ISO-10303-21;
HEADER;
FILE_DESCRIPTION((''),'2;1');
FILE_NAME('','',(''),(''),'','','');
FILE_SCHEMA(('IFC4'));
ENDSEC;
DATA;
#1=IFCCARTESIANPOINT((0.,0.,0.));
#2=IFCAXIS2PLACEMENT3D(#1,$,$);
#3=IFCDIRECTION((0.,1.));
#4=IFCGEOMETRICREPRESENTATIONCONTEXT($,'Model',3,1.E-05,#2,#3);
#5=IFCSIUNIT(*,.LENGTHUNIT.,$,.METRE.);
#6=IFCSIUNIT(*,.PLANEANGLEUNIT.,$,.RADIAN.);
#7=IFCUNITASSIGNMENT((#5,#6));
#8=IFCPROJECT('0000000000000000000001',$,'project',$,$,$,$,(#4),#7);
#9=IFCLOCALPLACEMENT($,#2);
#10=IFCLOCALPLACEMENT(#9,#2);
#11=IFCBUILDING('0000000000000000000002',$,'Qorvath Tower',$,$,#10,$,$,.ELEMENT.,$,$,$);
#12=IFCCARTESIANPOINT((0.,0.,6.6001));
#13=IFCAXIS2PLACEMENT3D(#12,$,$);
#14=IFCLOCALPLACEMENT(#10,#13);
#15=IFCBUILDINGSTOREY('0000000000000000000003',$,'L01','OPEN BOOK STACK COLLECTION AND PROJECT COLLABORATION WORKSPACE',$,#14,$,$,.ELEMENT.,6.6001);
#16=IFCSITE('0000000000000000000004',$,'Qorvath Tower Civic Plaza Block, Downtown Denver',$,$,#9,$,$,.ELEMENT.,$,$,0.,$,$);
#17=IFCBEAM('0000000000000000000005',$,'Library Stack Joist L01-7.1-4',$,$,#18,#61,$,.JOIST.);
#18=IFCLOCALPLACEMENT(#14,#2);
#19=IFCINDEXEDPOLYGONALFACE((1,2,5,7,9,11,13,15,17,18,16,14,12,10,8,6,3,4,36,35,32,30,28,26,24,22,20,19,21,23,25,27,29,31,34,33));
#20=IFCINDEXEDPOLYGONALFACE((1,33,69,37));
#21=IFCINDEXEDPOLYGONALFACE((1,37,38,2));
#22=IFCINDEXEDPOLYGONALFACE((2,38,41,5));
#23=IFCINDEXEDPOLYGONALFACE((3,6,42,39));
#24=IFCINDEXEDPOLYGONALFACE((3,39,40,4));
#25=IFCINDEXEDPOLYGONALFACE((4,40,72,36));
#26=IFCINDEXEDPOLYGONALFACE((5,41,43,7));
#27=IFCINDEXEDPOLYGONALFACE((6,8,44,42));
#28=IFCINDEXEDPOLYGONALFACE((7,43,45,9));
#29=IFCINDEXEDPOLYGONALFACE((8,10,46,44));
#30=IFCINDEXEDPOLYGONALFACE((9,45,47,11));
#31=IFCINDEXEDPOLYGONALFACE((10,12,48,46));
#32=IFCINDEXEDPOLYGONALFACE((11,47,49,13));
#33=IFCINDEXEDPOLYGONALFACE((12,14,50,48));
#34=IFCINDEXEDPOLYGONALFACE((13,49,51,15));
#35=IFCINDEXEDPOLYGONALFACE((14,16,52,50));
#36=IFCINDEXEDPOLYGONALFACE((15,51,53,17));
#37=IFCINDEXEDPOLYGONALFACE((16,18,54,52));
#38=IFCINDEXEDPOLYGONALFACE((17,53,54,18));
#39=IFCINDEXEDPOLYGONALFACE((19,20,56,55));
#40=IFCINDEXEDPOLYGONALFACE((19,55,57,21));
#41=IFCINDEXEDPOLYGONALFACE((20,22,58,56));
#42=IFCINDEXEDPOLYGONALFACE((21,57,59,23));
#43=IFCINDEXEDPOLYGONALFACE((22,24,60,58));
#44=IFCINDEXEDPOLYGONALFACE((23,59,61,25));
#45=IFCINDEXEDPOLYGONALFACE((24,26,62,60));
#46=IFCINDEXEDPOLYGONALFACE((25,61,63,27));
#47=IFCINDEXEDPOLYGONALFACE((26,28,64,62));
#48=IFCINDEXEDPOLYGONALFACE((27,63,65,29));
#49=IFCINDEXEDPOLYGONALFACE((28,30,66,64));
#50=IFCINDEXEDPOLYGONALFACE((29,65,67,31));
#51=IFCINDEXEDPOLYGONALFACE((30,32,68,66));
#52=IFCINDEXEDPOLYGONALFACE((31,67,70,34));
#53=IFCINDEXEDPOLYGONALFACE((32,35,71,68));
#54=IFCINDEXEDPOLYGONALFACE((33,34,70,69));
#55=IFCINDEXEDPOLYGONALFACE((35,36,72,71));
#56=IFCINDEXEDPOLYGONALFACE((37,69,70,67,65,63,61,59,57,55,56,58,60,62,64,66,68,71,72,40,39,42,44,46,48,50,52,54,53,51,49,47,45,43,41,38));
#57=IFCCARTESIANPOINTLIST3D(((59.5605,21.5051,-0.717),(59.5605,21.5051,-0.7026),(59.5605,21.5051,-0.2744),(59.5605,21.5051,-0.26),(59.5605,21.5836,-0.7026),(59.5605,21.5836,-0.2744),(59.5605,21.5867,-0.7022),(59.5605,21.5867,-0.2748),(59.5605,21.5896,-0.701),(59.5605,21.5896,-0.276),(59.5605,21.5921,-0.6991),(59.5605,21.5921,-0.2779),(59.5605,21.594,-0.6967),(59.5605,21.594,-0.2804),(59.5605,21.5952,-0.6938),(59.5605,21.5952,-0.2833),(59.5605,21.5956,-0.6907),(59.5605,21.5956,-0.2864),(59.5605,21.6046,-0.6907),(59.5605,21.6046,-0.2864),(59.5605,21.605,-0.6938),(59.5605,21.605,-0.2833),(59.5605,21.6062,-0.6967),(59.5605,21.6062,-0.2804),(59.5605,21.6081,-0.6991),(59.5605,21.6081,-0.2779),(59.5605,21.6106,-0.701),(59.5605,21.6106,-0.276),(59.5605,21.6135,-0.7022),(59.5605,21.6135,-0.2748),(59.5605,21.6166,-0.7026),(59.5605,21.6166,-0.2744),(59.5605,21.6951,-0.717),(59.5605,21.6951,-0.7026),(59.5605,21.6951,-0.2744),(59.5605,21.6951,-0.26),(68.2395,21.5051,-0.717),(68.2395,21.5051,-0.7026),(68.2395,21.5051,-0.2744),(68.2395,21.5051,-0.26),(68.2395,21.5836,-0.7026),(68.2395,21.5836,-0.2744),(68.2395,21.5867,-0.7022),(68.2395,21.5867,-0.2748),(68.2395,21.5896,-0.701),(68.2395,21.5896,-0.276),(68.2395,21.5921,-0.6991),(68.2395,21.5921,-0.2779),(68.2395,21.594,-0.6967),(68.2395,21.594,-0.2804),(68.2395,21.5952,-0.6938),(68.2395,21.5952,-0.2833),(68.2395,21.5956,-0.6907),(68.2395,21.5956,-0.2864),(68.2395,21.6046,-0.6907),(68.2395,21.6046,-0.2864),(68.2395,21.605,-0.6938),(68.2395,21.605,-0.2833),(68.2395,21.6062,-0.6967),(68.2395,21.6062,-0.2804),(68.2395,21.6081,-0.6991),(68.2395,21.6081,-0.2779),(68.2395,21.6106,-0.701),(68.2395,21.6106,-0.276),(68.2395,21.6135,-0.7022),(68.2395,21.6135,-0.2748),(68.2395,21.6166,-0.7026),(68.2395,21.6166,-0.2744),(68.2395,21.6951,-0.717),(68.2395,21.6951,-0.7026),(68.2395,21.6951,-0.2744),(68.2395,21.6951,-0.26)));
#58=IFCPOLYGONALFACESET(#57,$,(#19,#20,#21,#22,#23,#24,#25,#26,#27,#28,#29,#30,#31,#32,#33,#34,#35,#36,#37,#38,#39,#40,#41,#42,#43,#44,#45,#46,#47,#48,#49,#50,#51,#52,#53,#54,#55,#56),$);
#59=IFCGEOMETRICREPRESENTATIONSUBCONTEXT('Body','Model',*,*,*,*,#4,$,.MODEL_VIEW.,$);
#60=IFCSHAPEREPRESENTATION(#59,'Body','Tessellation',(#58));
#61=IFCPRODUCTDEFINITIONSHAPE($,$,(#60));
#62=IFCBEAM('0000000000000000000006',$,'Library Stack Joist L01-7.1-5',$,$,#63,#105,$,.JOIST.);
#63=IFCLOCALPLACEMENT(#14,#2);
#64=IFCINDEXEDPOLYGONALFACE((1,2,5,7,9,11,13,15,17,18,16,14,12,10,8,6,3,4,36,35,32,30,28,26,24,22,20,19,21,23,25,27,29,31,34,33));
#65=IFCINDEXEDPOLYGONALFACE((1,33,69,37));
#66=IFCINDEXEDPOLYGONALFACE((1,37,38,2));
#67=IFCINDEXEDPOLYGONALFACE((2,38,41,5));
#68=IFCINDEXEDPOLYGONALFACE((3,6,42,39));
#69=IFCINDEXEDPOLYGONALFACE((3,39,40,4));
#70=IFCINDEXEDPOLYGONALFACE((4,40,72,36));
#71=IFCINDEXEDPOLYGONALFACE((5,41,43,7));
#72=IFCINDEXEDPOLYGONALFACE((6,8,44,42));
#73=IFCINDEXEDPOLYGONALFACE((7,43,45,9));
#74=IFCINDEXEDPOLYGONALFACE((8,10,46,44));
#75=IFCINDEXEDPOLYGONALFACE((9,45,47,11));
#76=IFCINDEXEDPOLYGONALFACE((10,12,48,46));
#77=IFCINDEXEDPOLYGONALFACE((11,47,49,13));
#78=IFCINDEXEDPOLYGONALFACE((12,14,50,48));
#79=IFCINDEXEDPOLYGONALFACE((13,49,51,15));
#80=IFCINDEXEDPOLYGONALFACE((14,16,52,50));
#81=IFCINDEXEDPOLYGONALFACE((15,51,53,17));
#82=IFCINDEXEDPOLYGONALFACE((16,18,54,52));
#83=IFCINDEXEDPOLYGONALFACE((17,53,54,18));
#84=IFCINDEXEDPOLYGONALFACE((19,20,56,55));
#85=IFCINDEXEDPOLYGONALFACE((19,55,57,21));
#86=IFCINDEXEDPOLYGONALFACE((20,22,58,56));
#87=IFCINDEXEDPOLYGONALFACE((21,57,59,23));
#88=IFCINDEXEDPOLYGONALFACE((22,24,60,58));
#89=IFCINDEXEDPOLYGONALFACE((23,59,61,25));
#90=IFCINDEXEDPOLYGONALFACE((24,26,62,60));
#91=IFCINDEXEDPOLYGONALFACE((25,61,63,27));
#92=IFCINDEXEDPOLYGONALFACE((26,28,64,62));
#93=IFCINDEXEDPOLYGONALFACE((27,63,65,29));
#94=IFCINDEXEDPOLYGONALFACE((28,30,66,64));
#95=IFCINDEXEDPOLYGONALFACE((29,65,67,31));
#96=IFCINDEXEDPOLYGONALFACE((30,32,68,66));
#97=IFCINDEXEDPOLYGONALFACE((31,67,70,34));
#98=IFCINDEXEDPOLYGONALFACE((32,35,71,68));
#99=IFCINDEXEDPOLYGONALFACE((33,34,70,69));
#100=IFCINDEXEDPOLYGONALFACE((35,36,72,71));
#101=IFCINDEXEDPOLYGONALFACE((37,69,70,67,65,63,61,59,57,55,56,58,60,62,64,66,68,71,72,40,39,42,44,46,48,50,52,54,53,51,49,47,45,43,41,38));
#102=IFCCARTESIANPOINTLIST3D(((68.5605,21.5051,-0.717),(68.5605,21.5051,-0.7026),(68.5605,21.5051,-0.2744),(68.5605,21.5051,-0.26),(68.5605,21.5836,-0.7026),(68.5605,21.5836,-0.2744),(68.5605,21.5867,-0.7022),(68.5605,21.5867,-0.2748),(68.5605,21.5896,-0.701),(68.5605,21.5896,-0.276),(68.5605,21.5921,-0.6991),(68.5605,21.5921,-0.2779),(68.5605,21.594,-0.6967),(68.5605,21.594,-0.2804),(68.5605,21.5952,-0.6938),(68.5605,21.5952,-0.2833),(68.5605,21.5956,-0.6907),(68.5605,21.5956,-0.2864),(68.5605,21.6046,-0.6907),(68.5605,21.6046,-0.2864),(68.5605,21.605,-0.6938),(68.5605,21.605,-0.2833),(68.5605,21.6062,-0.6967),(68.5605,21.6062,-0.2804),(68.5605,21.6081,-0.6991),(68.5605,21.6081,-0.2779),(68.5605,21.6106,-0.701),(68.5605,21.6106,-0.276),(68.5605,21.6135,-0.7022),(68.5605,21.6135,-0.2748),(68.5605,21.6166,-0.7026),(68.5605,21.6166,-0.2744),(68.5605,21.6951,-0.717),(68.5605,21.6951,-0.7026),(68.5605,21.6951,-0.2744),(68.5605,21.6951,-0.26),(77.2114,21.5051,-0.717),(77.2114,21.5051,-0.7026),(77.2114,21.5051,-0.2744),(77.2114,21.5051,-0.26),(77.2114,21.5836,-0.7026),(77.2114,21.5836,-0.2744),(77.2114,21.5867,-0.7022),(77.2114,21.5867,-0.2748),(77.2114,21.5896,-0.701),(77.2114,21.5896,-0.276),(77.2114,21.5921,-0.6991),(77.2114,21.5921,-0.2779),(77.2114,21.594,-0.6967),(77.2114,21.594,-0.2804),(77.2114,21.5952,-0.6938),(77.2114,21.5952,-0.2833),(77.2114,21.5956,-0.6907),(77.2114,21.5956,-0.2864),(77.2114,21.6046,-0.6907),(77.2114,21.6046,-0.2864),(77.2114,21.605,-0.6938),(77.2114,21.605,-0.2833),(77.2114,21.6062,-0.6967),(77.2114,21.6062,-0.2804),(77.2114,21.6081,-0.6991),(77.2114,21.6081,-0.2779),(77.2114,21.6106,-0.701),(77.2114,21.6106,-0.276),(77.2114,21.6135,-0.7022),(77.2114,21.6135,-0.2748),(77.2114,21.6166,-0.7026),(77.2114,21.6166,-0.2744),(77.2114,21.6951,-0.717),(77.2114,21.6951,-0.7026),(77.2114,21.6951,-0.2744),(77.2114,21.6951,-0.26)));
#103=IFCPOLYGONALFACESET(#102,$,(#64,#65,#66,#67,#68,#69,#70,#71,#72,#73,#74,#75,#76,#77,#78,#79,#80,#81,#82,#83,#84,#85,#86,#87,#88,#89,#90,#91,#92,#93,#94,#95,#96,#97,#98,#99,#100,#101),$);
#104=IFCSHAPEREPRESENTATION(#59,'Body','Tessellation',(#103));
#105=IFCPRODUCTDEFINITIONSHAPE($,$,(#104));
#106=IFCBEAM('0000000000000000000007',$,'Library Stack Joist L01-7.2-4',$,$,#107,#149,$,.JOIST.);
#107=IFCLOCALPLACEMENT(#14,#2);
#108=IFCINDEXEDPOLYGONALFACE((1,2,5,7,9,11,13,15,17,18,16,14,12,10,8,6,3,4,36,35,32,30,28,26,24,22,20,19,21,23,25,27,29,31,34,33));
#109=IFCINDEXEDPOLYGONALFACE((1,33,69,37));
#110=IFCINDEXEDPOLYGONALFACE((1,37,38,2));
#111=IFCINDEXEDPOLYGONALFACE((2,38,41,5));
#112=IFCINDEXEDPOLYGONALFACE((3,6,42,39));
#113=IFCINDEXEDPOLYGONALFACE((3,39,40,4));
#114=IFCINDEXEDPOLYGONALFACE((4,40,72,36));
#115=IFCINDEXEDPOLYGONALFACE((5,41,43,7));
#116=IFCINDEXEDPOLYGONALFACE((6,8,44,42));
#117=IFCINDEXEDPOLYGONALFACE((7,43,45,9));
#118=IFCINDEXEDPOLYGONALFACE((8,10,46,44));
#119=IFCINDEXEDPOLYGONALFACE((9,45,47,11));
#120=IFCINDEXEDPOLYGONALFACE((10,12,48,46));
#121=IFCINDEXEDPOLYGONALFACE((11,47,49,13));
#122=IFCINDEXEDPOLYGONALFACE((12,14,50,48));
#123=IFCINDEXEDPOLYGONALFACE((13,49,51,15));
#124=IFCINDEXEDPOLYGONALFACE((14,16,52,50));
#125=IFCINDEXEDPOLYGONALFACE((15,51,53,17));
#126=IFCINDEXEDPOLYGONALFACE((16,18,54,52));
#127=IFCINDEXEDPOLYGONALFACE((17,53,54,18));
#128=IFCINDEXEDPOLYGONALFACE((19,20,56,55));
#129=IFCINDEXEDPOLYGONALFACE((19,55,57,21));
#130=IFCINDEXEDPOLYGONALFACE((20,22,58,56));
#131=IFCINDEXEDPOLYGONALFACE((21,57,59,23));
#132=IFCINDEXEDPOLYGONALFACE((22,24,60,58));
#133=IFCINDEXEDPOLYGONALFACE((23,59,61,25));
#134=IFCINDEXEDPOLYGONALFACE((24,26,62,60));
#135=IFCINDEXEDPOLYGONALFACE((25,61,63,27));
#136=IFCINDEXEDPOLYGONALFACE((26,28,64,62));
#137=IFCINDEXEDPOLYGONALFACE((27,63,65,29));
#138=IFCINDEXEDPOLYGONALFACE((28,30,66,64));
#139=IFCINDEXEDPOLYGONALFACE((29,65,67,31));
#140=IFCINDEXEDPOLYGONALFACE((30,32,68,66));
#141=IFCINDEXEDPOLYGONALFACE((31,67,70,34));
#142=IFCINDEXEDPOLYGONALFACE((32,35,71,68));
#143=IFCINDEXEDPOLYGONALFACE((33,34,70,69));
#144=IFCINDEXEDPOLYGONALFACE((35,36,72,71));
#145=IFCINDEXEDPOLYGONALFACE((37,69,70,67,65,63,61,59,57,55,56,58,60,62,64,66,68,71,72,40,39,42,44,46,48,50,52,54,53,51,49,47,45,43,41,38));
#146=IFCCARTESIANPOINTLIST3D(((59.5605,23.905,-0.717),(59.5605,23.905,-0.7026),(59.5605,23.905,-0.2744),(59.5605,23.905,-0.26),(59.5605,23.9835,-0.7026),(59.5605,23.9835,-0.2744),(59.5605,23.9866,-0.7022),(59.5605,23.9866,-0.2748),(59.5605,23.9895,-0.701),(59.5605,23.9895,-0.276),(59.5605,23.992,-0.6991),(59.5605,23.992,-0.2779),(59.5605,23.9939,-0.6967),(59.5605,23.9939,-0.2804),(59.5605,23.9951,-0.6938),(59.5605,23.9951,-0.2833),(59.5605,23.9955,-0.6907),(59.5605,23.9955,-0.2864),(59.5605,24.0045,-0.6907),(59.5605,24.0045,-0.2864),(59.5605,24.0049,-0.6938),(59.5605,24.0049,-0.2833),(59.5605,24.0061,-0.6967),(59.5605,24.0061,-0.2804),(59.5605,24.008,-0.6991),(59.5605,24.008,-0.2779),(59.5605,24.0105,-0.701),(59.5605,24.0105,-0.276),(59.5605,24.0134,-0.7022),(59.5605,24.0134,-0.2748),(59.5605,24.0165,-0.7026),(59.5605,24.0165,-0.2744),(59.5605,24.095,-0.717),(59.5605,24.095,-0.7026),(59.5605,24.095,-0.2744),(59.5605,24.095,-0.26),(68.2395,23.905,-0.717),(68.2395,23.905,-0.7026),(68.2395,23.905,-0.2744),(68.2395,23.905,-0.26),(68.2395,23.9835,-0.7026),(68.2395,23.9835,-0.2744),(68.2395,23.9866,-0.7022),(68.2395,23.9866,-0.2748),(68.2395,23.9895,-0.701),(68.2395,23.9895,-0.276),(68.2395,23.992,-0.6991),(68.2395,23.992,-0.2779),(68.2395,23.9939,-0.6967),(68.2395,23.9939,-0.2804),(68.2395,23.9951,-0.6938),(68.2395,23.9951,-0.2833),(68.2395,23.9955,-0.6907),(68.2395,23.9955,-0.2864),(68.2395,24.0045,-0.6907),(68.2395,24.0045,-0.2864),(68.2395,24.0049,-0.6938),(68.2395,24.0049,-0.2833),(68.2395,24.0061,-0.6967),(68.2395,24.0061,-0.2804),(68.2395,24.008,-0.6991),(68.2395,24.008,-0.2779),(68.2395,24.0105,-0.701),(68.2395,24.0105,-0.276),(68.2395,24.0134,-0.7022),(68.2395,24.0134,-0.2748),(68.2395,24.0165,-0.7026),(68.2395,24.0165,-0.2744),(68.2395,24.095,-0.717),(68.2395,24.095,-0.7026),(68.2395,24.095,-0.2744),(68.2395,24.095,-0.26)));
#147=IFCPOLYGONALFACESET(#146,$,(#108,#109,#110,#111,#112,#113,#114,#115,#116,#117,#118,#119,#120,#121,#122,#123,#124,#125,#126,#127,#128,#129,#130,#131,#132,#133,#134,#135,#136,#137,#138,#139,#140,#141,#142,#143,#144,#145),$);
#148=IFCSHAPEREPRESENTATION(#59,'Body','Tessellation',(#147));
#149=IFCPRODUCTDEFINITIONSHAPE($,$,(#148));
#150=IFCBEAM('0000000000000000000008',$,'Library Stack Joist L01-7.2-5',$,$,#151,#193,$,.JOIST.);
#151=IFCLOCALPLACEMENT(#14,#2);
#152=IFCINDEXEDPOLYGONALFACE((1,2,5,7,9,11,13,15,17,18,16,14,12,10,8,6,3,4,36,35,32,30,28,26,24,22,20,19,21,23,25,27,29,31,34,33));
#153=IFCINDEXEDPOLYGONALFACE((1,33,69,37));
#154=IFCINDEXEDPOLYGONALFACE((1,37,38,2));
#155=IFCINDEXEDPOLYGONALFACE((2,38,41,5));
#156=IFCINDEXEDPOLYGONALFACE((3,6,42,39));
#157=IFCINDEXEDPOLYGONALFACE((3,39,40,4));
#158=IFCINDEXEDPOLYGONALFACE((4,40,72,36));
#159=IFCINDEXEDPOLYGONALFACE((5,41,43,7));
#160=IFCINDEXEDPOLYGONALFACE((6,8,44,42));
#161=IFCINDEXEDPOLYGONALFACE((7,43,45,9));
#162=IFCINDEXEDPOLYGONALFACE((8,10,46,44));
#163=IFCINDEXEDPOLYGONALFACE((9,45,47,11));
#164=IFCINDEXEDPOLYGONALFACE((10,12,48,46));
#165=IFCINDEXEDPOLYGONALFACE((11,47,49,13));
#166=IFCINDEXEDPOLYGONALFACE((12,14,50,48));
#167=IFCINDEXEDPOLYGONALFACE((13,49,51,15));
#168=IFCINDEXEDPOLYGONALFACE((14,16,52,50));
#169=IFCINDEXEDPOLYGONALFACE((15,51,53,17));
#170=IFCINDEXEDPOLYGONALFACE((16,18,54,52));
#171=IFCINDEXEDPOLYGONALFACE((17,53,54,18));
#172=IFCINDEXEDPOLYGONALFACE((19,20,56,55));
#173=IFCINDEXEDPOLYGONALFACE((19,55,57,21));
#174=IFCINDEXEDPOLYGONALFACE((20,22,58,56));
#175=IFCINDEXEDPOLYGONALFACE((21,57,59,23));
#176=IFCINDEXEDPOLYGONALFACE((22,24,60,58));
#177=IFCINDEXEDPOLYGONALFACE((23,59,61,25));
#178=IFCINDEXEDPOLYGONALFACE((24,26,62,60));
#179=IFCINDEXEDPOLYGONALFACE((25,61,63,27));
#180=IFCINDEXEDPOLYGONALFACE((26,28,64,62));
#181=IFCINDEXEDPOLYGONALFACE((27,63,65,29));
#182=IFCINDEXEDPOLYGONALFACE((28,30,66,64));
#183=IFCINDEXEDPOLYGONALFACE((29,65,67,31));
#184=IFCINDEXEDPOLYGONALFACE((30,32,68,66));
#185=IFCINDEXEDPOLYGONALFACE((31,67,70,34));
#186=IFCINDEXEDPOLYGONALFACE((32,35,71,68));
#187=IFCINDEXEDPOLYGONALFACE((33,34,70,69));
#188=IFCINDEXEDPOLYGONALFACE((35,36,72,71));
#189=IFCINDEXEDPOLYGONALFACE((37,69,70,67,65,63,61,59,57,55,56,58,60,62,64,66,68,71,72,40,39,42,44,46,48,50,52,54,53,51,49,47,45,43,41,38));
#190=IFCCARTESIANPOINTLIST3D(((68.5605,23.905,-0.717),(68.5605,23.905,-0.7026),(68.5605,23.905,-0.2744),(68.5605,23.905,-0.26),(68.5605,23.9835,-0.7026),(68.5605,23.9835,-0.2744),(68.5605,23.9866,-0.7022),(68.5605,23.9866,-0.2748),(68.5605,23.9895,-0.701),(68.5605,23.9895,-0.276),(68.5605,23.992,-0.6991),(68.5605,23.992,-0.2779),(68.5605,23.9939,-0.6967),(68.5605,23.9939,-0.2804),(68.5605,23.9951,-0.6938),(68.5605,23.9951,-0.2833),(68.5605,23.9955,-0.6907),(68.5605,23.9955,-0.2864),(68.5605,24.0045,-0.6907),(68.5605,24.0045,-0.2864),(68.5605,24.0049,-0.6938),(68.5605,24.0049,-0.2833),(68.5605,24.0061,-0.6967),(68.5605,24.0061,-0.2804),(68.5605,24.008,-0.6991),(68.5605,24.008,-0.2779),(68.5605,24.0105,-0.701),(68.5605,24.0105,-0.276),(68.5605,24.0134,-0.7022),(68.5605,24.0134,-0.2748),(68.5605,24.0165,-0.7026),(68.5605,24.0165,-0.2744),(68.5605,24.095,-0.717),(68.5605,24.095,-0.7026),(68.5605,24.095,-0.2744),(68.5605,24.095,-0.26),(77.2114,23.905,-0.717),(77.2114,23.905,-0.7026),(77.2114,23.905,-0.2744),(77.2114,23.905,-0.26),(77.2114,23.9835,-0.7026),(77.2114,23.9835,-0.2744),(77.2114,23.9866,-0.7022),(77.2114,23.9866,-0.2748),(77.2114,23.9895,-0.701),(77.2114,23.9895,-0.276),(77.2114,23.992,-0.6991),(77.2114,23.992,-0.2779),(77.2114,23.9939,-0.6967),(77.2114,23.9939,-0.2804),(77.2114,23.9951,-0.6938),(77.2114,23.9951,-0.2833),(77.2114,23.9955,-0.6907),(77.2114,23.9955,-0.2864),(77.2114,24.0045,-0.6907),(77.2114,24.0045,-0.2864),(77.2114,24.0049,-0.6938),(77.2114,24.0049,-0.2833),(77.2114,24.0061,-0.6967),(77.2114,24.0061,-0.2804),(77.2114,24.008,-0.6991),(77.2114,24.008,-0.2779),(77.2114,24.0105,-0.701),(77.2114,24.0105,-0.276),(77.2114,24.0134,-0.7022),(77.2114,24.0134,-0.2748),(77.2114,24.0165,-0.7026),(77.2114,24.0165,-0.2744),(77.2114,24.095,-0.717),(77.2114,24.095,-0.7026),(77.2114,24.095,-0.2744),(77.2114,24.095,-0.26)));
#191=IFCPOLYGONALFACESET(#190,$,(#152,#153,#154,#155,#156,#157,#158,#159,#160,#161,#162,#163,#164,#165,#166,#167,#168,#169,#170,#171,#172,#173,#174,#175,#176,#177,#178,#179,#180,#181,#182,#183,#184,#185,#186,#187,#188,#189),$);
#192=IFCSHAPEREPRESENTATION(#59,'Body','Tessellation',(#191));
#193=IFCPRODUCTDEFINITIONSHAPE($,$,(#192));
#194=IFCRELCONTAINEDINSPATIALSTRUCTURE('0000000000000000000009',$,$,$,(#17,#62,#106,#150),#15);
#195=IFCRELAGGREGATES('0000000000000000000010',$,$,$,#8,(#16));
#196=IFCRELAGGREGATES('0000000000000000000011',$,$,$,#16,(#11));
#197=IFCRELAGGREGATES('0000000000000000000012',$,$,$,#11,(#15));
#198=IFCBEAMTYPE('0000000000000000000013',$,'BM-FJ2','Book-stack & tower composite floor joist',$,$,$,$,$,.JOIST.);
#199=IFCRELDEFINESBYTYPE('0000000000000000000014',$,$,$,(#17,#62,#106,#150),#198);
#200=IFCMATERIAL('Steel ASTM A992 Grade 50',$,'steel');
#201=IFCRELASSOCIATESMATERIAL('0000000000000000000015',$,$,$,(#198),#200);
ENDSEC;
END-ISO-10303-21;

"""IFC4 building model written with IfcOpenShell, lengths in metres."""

from ifc_helpers import new_model, si_unit, direction, frame, origin, origin_2d, place, context, subcontext, project, spatial, i_section, extrude, material, material_profile, profile_set, type_object, element, save


model = new_model("IFC4")

# Units and contexts
model_context = context("Model", 3, precision=1e-05, world=origin(), true_north=direction((0.0, 1.0)))
body_context = subcontext(model_context, "Body", "Model", "MODEL_VIEW")
ifc_project = project(units=[si_unit("LENGTHUNIT", "METRE"), si_unit("PLANEANGLEUNIT", "RADIAN")], contexts=[model_context])

# Site, building, storey
site_placement = place(None, origin())
site = spatial("IfcSite", under=ifc_project, at=site_placement, Name="Qorvath Tower Civic Plaza Block, Downtown Denver", CompositionType="ELEMENT", RefElevation=0.0)
building_placement = place(site_placement, origin())
building = spatial("IfcBuilding", under=site, at=building_placement, Name="Qorvath Tower", CompositionType="ELEMENT")
storey_placement = place(building_placement, frame((0.0, 0.0, 6.6001)))
storey = spatial("IfcBuildingStorey", under=building, at=storey_placement, Name="L01", Description="OPEN BOOK STACK COLLECTION AND PROJECT COLLABORATION WORKSPACE", CompositionType="ELEMENT", Elevation=6.6001)

# Beams
ifc_material_1 = material(Name="Steel ASTM A992 Grade 50", Category="steel")
ifc_material_profile_1 = material_profile(ifc_material_1, i_section(OverallWidth=0.1899, OverallDepth=0.457, WebThickness=0.009, FlangeThickness=0.0144, FilletRadius=0.012, at=origin_2d()), Name="W18x50")
ifc_profile_set_1 = profile_set([ifc_material_profile_1], Name="Steel ASTM A992 Grade 50")
beam_type_1 = type_object("IfcBeamType", Name="BM-FJ2", Description="Book-stack & tower composite floor joist", PredefinedType="JOIST", material=ifc_profile_set_1)
beam_1_placement = place(storey_placement, frame((59.5605, 21.6001, -0.4885), z_axis=(1.0, 0.0, 0.0), x_axis=(0.0, 1.0, 0.0)))
element("IfcBeam", 1, at=beam_1_placement, inside=storey, type_object=beam_type_1, Name="Library Stack Joist L01-7.1-4", PredefinedType="JOIST", context=body_context, shape_type="SweptSolid", body=[
    extrude(i_section(OverallWidth=0.1899, OverallDepth=0.457, WebThickness=0.009, FlangeThickness=0.0144, FilletRadius=0.012, at=origin_2d()), origin(), (0.0, 0.0, 1.0), 8.679),
])
beam_2_placement = place(storey_placement, frame((68.5605, 21.6001, -0.4885), z_axis=(1.0, 0.0, 0.0), x_axis=(0.0, 1.0, 0.0)))
element("IfcBeam", 2, at=beam_2_placement, inside=storey, type_object=beam_type_1, Name="Library Stack Joist L01-7.1-5", PredefinedType="JOIST", context=body_context, shape_type="SweptSolid", body=[
    extrude(i_section(OverallWidth=0.1899, OverallDepth=0.457, WebThickness=0.009, FlangeThickness=0.0144, FilletRadius=0.012, at=origin_2d()), origin(), (0.0, 0.0, 1.0), 8.6509),
])
beam_3_placement = place(storey_placement, frame((59.5605, 24.0, -0.4885), z_axis=(1.0, 0.0, 0.0), x_axis=(0.0, 1.0, 0.0)))
element("IfcBeam", 3, at=beam_3_placement, inside=storey, type_object=beam_type_1, Name="Library Stack Joist L01-7.2-4", PredefinedType="JOIST", context=body_context, shape_type="SweptSolid", body=[
    extrude(i_section(OverallWidth=0.1899, OverallDepth=0.457, WebThickness=0.009, FlangeThickness=0.0144, FilletRadius=0.012, at=origin_2d()), origin(), (0.0, 0.0, 1.0), 8.679),
])
beam_4_placement = place(storey_placement, frame((68.5605, 24.0, -0.4885), z_axis=(1.0, 0.0, 0.0), x_axis=(0.0, 1.0, 0.0)))
element("IfcBeam", 4, at=beam_4_placement, inside=storey, type_object=beam_type_1, Name="Library Stack Joist L01-7.2-5", PredefinedType="JOIST", context=body_context, shape_type="SweptSolid", body=[
    extrude(i_section(OverallWidth=0.1899, OverallDepth=0.457, WebThickness=0.009, FlangeThickness=0.0144, FilletRadius=0.012, at=origin_2d()), origin(), (0.0, 0.0, 1.0), 8.6509),
])

save(model, "model.ifc")
